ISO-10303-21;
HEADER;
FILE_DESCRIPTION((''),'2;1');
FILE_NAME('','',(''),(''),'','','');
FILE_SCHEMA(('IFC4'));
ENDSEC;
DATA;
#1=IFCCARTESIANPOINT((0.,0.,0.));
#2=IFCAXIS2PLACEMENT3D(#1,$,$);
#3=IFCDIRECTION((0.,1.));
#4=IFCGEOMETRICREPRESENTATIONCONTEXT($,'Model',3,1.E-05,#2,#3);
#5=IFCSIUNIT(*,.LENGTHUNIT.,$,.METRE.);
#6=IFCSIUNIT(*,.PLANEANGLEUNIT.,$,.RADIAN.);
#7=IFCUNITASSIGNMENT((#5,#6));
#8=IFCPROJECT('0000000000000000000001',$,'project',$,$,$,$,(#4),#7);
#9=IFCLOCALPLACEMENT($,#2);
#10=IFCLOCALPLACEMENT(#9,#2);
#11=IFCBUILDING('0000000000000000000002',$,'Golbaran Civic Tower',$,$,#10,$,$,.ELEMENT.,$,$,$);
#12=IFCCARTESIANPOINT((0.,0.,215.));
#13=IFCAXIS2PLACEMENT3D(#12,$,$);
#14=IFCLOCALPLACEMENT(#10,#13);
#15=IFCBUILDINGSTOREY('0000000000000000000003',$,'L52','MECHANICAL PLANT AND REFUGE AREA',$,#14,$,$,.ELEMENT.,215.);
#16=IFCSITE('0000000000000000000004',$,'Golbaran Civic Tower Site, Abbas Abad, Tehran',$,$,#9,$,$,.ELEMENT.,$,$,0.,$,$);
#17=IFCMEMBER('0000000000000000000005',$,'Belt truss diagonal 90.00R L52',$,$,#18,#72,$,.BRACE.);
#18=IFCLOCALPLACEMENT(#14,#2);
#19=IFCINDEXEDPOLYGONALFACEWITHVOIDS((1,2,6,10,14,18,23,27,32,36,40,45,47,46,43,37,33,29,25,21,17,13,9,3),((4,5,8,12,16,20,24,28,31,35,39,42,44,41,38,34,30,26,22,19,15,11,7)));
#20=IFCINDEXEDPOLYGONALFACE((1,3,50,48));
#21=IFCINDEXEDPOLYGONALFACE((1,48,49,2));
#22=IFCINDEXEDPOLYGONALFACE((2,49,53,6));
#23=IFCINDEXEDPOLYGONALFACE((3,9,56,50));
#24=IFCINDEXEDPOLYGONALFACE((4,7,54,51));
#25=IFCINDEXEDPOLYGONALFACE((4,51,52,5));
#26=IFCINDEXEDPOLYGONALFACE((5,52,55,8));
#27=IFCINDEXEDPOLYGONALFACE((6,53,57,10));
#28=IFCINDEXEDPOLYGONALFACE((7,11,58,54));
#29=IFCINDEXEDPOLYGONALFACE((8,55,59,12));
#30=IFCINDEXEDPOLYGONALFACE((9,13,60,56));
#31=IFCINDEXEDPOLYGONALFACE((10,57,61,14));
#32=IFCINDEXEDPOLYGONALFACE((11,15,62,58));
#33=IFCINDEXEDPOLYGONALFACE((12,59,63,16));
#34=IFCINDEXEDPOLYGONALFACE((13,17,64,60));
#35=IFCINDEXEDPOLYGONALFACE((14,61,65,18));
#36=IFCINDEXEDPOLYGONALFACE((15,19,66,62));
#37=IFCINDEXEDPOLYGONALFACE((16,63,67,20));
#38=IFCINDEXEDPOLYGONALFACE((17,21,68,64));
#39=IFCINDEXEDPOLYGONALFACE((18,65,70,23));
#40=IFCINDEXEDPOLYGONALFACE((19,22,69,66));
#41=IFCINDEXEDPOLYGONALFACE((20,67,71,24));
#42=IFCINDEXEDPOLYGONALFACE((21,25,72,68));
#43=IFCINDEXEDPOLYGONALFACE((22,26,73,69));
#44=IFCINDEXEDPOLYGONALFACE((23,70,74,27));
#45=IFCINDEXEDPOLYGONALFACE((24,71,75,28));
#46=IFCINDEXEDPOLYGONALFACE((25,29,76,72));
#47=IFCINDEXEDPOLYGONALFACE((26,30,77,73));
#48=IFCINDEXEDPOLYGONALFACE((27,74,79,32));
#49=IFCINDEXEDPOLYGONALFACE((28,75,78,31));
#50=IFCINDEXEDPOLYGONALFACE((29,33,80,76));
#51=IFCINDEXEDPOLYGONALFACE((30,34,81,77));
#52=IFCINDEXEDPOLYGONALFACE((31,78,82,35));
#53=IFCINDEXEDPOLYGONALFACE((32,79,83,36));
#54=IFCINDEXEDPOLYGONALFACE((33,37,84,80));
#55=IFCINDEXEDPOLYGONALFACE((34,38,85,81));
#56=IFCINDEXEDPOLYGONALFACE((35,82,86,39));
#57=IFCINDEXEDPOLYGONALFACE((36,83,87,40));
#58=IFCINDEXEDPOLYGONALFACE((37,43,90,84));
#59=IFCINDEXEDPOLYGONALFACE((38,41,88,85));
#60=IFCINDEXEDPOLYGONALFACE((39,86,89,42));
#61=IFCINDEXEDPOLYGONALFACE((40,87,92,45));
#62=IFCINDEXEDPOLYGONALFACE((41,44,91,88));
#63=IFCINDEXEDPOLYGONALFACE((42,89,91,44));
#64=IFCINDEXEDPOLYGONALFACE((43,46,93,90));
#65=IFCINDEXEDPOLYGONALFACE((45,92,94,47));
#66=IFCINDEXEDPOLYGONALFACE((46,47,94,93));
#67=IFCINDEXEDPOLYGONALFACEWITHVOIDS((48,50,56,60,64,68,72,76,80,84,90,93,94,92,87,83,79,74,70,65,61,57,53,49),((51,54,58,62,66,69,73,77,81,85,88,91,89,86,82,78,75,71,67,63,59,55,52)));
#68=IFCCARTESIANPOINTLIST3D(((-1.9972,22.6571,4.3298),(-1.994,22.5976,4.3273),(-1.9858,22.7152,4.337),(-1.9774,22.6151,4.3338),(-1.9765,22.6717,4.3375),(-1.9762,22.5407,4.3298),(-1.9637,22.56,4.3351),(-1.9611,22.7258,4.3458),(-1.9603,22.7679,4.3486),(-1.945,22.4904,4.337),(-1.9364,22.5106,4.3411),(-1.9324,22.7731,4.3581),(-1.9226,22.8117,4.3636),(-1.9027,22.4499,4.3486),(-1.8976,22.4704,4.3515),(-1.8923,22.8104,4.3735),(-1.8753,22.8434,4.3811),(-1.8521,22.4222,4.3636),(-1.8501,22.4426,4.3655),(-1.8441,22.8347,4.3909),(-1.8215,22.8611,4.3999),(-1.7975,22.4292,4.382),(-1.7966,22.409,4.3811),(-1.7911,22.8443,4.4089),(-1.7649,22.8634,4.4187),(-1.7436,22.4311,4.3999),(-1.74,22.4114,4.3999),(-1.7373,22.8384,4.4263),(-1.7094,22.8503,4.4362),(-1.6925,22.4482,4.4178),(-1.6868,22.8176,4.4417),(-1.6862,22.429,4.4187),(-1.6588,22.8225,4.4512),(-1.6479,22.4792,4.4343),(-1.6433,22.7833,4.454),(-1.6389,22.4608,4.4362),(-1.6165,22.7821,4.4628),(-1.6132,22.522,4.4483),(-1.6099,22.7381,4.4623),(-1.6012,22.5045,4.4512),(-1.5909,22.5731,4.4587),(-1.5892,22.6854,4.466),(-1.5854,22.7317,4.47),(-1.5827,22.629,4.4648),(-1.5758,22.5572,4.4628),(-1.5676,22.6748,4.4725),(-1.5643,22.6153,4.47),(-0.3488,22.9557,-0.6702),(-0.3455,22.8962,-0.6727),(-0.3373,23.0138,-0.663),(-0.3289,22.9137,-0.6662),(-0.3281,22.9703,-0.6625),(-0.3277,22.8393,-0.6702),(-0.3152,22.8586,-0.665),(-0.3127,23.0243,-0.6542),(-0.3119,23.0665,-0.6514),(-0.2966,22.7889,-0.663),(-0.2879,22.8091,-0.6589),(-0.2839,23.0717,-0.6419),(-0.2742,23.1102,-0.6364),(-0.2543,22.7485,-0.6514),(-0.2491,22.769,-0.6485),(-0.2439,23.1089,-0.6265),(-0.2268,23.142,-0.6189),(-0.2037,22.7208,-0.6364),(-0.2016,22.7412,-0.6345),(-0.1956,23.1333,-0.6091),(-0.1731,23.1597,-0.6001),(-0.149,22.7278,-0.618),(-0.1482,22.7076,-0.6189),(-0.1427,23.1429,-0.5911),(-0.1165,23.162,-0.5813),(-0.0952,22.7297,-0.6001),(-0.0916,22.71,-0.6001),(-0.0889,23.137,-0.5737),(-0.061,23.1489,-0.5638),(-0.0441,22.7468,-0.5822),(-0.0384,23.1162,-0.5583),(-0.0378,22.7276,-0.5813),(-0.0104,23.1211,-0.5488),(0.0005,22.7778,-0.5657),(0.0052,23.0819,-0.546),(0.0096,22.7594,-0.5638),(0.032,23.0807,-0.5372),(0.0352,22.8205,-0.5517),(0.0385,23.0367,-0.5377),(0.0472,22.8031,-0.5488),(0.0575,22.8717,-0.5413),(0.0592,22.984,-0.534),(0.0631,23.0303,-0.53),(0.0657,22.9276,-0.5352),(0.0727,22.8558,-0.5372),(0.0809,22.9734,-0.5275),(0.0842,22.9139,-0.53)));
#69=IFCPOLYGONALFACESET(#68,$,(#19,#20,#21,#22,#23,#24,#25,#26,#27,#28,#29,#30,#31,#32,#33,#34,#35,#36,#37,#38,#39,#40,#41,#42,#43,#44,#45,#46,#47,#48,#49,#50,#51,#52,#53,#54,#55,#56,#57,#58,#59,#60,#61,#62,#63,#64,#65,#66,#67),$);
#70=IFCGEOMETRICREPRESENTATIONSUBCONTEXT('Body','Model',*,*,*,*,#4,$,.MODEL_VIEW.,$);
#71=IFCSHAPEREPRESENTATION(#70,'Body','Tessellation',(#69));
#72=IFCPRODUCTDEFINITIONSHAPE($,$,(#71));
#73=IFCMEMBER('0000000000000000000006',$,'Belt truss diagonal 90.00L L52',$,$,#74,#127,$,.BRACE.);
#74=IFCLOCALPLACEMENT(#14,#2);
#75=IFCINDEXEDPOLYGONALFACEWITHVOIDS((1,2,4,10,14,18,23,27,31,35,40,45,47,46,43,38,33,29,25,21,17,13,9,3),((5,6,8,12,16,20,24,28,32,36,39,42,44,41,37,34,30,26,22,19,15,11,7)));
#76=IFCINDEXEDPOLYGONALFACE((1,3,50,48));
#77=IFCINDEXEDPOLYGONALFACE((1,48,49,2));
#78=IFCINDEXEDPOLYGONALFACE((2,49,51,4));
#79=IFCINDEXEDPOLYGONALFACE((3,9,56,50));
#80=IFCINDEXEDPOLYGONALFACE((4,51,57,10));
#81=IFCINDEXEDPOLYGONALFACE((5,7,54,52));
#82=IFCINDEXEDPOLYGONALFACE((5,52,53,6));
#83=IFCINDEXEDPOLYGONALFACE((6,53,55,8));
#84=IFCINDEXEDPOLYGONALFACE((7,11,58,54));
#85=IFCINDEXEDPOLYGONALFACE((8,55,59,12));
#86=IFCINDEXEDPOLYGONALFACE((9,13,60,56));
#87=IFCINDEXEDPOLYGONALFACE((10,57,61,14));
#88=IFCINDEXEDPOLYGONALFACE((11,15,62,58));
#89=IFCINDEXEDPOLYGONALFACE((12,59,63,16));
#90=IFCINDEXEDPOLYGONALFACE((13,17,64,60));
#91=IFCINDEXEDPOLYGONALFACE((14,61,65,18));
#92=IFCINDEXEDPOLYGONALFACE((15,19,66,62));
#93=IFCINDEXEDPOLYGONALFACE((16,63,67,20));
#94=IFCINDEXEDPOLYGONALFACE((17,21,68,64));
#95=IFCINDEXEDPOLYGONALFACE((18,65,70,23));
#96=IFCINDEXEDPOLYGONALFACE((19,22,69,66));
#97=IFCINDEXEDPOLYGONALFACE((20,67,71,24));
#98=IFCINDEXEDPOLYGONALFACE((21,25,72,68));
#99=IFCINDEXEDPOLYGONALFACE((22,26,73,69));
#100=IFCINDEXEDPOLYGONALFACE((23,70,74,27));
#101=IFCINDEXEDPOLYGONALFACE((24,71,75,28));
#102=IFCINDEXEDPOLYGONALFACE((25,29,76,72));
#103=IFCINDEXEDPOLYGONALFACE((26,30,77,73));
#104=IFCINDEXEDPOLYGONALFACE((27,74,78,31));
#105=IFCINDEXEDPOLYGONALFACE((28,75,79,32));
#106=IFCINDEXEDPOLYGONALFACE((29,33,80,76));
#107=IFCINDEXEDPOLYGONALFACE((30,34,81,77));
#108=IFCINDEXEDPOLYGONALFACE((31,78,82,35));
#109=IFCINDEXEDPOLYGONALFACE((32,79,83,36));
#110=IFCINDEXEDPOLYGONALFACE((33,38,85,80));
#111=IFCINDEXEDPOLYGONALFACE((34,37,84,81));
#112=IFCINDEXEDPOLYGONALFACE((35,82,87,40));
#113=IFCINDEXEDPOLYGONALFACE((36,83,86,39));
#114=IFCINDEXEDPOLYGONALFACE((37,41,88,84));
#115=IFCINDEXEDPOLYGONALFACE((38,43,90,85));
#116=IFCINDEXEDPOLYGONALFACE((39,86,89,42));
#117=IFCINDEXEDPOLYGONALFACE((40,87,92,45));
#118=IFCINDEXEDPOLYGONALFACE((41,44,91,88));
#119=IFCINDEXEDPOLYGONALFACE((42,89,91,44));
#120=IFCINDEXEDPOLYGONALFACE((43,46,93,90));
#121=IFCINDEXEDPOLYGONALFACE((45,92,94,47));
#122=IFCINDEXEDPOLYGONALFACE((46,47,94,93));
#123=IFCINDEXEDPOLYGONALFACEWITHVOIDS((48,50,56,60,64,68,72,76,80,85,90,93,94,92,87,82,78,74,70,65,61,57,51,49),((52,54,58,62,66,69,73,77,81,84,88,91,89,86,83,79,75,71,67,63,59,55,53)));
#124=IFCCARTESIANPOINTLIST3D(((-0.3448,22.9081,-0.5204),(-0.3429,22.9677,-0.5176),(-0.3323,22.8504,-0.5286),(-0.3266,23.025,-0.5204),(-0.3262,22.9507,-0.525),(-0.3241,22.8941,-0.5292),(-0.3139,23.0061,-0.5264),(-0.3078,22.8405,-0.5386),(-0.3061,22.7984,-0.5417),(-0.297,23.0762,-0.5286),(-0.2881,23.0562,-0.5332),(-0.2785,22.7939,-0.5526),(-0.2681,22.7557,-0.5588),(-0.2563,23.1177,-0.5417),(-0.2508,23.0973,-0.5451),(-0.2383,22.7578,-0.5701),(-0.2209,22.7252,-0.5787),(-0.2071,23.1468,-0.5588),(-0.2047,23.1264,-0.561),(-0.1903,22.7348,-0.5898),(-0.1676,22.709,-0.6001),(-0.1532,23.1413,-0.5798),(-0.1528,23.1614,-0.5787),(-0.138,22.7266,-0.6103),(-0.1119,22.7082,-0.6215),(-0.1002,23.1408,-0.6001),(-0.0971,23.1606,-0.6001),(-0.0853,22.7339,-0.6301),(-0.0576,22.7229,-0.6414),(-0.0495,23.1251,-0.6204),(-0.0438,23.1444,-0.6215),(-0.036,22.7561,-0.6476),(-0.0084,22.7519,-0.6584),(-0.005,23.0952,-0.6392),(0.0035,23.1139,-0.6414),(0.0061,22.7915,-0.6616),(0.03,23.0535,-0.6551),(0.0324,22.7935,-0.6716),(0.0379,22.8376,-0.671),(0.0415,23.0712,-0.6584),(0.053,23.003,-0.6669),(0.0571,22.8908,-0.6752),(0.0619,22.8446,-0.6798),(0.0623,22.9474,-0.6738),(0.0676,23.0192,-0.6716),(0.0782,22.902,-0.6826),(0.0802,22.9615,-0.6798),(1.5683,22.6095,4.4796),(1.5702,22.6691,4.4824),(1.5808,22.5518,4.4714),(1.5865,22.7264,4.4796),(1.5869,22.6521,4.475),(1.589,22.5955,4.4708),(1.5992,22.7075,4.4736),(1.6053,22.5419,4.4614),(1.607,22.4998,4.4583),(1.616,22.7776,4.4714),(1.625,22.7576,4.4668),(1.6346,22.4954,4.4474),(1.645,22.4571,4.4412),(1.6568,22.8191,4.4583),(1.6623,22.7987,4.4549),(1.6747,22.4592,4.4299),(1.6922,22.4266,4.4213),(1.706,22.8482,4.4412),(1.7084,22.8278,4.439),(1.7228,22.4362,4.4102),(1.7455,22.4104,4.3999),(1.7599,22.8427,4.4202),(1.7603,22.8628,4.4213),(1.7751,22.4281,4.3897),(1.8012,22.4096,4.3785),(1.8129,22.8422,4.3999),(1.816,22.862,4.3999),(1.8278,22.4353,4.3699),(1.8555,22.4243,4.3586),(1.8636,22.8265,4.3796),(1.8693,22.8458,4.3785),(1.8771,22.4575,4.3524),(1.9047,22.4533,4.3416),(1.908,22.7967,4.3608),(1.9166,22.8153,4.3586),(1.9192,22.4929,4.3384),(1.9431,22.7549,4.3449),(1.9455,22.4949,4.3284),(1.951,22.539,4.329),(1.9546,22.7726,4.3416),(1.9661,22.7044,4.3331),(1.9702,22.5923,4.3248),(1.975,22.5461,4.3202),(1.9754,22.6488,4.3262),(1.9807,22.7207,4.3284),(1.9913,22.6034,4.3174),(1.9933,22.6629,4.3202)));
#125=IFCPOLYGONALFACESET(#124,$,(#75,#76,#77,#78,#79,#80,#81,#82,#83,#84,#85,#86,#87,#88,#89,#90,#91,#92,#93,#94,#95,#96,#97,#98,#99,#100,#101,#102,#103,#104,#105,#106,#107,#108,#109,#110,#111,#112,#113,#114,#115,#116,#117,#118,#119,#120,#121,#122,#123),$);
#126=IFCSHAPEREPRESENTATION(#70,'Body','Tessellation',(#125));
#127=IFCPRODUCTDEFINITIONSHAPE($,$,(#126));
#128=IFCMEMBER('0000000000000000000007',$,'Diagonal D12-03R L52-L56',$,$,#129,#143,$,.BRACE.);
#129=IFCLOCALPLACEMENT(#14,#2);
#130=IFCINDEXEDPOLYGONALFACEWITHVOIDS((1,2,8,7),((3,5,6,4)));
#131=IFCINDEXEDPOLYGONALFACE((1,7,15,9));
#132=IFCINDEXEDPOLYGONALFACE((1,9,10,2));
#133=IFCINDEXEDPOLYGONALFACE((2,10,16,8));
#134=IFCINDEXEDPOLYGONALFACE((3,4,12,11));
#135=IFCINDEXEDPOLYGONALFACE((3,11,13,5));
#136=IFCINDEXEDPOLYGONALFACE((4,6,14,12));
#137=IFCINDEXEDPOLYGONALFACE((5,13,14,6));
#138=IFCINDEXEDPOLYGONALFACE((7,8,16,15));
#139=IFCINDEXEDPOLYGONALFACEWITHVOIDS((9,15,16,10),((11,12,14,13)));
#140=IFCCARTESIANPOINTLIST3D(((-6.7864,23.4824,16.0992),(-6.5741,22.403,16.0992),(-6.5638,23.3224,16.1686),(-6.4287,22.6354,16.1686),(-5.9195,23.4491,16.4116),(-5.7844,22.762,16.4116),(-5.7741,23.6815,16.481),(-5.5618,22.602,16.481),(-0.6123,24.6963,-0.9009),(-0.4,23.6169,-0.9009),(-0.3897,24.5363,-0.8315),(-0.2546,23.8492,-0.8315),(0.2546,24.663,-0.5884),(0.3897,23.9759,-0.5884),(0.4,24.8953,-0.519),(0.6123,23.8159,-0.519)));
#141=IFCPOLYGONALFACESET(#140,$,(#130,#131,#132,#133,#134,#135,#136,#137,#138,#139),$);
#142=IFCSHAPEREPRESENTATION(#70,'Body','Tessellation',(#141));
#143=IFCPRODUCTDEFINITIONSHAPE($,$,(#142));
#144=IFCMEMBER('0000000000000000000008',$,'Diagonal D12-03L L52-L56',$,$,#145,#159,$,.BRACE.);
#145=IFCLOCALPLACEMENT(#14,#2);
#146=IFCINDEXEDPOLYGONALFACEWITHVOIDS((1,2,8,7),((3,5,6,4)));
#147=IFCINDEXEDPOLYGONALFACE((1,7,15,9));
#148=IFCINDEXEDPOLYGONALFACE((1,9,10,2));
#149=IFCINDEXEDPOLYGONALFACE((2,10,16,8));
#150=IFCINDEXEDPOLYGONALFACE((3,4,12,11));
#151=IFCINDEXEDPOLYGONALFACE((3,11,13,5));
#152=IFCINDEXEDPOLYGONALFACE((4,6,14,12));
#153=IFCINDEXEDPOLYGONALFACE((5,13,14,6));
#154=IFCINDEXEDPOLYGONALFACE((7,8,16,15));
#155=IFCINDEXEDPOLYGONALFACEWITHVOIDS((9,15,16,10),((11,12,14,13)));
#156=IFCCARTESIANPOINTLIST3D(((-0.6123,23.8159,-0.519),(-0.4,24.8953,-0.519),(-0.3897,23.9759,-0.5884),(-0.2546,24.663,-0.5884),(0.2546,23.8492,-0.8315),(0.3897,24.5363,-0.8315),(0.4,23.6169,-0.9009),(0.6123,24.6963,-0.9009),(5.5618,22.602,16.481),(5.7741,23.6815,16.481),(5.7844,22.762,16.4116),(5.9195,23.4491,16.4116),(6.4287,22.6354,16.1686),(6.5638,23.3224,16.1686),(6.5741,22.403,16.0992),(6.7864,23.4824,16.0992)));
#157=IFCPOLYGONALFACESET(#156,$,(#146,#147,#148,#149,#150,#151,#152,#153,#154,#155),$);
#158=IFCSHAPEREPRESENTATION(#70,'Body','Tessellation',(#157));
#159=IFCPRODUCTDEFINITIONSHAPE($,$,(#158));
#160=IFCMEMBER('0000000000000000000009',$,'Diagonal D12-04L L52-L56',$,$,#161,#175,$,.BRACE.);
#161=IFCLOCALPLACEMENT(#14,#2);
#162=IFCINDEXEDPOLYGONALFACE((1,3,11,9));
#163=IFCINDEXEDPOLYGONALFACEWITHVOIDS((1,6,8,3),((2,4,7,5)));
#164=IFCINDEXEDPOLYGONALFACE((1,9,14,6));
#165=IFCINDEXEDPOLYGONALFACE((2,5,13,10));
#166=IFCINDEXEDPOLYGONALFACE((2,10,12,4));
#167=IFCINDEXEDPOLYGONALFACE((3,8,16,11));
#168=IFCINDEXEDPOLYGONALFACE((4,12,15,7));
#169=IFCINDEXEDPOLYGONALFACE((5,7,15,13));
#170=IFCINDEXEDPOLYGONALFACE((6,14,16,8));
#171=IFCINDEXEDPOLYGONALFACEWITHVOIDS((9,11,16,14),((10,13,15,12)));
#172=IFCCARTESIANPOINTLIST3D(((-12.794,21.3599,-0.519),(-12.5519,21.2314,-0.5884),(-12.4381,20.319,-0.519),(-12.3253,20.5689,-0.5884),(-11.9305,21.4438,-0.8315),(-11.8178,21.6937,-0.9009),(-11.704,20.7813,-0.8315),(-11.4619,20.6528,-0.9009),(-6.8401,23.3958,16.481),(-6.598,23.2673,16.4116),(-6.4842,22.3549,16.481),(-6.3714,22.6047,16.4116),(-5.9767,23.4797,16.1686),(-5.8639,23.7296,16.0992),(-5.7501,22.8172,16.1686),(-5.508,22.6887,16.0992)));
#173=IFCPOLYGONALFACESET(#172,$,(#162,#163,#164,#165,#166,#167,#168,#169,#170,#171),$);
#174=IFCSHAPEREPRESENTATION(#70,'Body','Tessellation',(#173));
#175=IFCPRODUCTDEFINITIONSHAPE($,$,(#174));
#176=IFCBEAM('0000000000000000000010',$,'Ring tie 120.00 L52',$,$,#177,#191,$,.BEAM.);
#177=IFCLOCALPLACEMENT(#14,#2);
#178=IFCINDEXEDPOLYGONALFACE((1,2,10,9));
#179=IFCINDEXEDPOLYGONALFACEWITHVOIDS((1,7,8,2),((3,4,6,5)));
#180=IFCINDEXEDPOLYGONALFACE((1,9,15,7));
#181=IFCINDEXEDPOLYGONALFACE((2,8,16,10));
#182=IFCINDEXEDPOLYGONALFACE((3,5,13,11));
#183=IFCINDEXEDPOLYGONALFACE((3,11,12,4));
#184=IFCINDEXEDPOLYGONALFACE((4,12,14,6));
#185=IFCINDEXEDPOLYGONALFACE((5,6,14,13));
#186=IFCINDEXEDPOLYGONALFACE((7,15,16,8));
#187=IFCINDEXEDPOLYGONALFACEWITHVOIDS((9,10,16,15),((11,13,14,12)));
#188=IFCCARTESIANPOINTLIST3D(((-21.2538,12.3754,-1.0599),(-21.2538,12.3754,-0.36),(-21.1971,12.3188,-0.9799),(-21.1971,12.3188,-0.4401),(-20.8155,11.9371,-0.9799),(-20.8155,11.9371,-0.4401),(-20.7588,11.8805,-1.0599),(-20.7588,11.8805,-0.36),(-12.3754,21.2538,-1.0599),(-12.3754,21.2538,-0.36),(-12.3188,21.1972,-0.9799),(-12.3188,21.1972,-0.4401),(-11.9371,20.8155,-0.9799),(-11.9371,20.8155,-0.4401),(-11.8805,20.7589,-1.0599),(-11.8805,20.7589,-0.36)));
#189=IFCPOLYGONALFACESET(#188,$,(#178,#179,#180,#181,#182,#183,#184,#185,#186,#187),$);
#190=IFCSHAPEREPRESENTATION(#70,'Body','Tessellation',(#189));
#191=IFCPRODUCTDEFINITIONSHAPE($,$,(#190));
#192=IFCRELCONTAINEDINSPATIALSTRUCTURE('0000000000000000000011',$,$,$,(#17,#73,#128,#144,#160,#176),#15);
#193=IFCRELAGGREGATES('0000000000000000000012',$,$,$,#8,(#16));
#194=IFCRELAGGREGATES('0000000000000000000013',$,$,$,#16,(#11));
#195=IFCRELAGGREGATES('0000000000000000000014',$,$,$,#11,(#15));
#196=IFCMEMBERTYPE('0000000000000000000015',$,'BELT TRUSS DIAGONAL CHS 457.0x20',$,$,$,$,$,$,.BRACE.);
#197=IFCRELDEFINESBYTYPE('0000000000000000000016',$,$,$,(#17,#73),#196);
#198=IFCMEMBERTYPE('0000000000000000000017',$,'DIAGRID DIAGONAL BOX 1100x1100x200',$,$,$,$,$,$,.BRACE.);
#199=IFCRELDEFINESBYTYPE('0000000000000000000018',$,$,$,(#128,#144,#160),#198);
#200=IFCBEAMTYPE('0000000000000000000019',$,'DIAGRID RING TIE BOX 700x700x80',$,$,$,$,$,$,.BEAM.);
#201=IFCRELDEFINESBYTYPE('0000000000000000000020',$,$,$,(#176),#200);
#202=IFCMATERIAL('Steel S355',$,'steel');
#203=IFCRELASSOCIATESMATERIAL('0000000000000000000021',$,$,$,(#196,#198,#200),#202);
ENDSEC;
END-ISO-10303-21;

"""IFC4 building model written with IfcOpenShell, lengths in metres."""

from ifc_helpers import new_model, si_unit, direction, frame, origin, origin_2d, place, context, subcontext, project, spatial, hollow_rectangle, hollow_circle, extrude, material, material_profile, profile_set, type_object, element, save


model = new_model("IFC4")

# Units and contexts
model_context = context("Model", 3, precision=1e-05, world=origin(), true_north=direction((0.0, 1.0)))
body_context = subcontext(model_context, "Body", "Model", "MODEL_VIEW")
ifc_project = project(units=[si_unit("LENGTHUNIT", "METRE"), si_unit("PLANEANGLEUNIT", "RADIAN")], contexts=[model_context])

# Site, building, storey
site_placement = place(None, origin())
site = spatial("IfcSite", under=ifc_project, at=site_placement, Name="Golbaran Civic Tower Site, Abbas Abad, Tehran", CompositionType="ELEMENT", RefElevation=0.0)
building_placement = place(site_placement, origin())
building = spatial("IfcBuilding", under=site, at=building_placement, Name="Golbaran Civic Tower", CompositionType="ELEMENT")
storey_placement = place(building_placement, frame((0.0, 0.0, 215.0)))
storey = spatial("IfcBuildingStorey", under=building, at=storey_placement, Name="L52", Description="MECHANICAL PLANT AND REFUGE AREA", CompositionType="ELEMENT", Elevation=215.0)

# Members
ifc_material_1 = material(Name="Steel S355", Category="steel")
ifc_material_profile_1 = material_profile(ifc_material_1, hollow_circle(Radius=0.2285, WallThickness=0.02, at=origin_2d()), Name="CHS 457.0x20")
ifc_profile_set_1 = profile_set([ifc_material_profile_1], Name="Steel S355")
member_type_1 = type_object("IfcMemberType", Name="BELT TRUSS DIAGONAL CHS 457.0x20", PredefinedType="BRACE", material=ifc_profile_set_1)
member_1_placement = place(storey_placement, frame((-0.1323, 22.9348, -0.6001), z_axis=(-0.312607, -0.056623, 0.948193), x_axis=(0.178231, -0.983989, 0.0)))
element("IfcMember", 1, at=member_1_placement, inside=storey, type_object=member_type_1, Name="Belt truss diagonal 90.00R L52", PredefinedType="BRACE", context=body_context, shape_type="SweptSolid", body=[
    extrude(hollow_circle(Radius=0.2285, WallThickness=0.02, at=origin_2d()), origin(), (0.0, 0.0, 1.0), 5.2732),
])
member_2_placement = place(storey_placement, frame((-0.1323, 22.9348, -0.6001), z_axis=(0.356798, -0.055687, 0.93252), x_axis=(0.154208, 0.988038, 0.0)))
element("IfcMember", 2, at=member_2_placement, inside=storey, type_object=member_type_1, Name="Belt truss diagonal 90.00L L52", PredefinedType="BRACE", context=body_context, shape_type="SweptSolid", body=[
    extrude(hollow_circle(Radius=0.2285, WallThickness=0.02, at=origin_2d()), origin(), (0.0, 0.0, 1.0), 5.3618),
])
ifc_material_profile_2 = material_profile(ifc_material_1, hollow_rectangle(XDim=1.1001, YDim=1.1001, WallThickness=0.2, at=origin_2d()), Name="BOX 1100x1100x200")
ifc_profile_set_2 = profile_set([ifc_material_profile_2], Name="Steel S355")
member_type_2 = type_object("IfcMemberType", Name="DIAGRID DIAGONAL BOX 1100x1100x200", PredefinedType="BRACE", material=ifc_profile_set_2)
for number, where, z_axis, x_axis, name in (
    (3, (0.0, 24.2561, -0.71), (-0.340599, -0.066964, 0.937821), (0.192914, -0.981216, 0.0), "Diagonal D12-03R L52-L56"),
    (4, (0.0, 24.2561, -0.71), (0.340599, -0.066964, 0.937821), (0.192914, 0.981216, 0.0), "Diagonal D12-03L L52-L56"),
    (5, (-12.1279, 21.0063, -0.71), (0.32845, 0.112312, 0.93782), (-0.323551, 0.946211, 0.0), "Diagonal D12-04L L52-L56"),
):
    element("IfcMember", number, at=place(storey_placement, frame(where, z_axis=z_axis, x_axis=x_axis)), inside=storey, type_object=member_type_2, Name=name, PredefinedType="BRACE", context=body_context, shape_type="SweptSolid", body=[
        extrude(hollow_rectangle(XDim=1.1001, YDim=1.1001, WallThickness=0.2, at=origin_2d()), origin(), (0.0, 0.0, 1.0), 18.1272),
    ])

# Beam
ifc_material_profile_3 = material_profile(ifc_material_1, hollow_rectangle(XDim=0.7, YDim=0.7, WallThickness=0.0801, at=origin_2d()), Name="BOX 700x700x80")
ifc_profile_set_3 = profile_set([ifc_material_profile_3], Name="Steel S355")
beam_type_1 = type_object("IfcBeamType", Name="DIAGRID RING TIE BOX 700x700x80", PredefinedType="BEAM", material=ifc_profile_set_3)
beam_1_placement = place(storey_placement, frame((-12.1279, 21.0063, -0.71), z_axis=(-0.707107, -0.707107, 0.0), x_axis=(0.707107, -0.707107, 0.0)))
element("IfcBeam", 6, at=beam_1_placement, inside=storey, type_object=beam_type_1, Name="Ring tie 120.00 L52", PredefinedType="BEAM", context=body_context, shape_type="SweptSolid", body=[
    extrude(hollow_rectangle(XDim=0.7, YDim=0.7, WallThickness=0.0801, at=origin_2d()), origin(), (0.0, 0.0, 1.0), 12.5559),
])

save(model, "model.ifc")
